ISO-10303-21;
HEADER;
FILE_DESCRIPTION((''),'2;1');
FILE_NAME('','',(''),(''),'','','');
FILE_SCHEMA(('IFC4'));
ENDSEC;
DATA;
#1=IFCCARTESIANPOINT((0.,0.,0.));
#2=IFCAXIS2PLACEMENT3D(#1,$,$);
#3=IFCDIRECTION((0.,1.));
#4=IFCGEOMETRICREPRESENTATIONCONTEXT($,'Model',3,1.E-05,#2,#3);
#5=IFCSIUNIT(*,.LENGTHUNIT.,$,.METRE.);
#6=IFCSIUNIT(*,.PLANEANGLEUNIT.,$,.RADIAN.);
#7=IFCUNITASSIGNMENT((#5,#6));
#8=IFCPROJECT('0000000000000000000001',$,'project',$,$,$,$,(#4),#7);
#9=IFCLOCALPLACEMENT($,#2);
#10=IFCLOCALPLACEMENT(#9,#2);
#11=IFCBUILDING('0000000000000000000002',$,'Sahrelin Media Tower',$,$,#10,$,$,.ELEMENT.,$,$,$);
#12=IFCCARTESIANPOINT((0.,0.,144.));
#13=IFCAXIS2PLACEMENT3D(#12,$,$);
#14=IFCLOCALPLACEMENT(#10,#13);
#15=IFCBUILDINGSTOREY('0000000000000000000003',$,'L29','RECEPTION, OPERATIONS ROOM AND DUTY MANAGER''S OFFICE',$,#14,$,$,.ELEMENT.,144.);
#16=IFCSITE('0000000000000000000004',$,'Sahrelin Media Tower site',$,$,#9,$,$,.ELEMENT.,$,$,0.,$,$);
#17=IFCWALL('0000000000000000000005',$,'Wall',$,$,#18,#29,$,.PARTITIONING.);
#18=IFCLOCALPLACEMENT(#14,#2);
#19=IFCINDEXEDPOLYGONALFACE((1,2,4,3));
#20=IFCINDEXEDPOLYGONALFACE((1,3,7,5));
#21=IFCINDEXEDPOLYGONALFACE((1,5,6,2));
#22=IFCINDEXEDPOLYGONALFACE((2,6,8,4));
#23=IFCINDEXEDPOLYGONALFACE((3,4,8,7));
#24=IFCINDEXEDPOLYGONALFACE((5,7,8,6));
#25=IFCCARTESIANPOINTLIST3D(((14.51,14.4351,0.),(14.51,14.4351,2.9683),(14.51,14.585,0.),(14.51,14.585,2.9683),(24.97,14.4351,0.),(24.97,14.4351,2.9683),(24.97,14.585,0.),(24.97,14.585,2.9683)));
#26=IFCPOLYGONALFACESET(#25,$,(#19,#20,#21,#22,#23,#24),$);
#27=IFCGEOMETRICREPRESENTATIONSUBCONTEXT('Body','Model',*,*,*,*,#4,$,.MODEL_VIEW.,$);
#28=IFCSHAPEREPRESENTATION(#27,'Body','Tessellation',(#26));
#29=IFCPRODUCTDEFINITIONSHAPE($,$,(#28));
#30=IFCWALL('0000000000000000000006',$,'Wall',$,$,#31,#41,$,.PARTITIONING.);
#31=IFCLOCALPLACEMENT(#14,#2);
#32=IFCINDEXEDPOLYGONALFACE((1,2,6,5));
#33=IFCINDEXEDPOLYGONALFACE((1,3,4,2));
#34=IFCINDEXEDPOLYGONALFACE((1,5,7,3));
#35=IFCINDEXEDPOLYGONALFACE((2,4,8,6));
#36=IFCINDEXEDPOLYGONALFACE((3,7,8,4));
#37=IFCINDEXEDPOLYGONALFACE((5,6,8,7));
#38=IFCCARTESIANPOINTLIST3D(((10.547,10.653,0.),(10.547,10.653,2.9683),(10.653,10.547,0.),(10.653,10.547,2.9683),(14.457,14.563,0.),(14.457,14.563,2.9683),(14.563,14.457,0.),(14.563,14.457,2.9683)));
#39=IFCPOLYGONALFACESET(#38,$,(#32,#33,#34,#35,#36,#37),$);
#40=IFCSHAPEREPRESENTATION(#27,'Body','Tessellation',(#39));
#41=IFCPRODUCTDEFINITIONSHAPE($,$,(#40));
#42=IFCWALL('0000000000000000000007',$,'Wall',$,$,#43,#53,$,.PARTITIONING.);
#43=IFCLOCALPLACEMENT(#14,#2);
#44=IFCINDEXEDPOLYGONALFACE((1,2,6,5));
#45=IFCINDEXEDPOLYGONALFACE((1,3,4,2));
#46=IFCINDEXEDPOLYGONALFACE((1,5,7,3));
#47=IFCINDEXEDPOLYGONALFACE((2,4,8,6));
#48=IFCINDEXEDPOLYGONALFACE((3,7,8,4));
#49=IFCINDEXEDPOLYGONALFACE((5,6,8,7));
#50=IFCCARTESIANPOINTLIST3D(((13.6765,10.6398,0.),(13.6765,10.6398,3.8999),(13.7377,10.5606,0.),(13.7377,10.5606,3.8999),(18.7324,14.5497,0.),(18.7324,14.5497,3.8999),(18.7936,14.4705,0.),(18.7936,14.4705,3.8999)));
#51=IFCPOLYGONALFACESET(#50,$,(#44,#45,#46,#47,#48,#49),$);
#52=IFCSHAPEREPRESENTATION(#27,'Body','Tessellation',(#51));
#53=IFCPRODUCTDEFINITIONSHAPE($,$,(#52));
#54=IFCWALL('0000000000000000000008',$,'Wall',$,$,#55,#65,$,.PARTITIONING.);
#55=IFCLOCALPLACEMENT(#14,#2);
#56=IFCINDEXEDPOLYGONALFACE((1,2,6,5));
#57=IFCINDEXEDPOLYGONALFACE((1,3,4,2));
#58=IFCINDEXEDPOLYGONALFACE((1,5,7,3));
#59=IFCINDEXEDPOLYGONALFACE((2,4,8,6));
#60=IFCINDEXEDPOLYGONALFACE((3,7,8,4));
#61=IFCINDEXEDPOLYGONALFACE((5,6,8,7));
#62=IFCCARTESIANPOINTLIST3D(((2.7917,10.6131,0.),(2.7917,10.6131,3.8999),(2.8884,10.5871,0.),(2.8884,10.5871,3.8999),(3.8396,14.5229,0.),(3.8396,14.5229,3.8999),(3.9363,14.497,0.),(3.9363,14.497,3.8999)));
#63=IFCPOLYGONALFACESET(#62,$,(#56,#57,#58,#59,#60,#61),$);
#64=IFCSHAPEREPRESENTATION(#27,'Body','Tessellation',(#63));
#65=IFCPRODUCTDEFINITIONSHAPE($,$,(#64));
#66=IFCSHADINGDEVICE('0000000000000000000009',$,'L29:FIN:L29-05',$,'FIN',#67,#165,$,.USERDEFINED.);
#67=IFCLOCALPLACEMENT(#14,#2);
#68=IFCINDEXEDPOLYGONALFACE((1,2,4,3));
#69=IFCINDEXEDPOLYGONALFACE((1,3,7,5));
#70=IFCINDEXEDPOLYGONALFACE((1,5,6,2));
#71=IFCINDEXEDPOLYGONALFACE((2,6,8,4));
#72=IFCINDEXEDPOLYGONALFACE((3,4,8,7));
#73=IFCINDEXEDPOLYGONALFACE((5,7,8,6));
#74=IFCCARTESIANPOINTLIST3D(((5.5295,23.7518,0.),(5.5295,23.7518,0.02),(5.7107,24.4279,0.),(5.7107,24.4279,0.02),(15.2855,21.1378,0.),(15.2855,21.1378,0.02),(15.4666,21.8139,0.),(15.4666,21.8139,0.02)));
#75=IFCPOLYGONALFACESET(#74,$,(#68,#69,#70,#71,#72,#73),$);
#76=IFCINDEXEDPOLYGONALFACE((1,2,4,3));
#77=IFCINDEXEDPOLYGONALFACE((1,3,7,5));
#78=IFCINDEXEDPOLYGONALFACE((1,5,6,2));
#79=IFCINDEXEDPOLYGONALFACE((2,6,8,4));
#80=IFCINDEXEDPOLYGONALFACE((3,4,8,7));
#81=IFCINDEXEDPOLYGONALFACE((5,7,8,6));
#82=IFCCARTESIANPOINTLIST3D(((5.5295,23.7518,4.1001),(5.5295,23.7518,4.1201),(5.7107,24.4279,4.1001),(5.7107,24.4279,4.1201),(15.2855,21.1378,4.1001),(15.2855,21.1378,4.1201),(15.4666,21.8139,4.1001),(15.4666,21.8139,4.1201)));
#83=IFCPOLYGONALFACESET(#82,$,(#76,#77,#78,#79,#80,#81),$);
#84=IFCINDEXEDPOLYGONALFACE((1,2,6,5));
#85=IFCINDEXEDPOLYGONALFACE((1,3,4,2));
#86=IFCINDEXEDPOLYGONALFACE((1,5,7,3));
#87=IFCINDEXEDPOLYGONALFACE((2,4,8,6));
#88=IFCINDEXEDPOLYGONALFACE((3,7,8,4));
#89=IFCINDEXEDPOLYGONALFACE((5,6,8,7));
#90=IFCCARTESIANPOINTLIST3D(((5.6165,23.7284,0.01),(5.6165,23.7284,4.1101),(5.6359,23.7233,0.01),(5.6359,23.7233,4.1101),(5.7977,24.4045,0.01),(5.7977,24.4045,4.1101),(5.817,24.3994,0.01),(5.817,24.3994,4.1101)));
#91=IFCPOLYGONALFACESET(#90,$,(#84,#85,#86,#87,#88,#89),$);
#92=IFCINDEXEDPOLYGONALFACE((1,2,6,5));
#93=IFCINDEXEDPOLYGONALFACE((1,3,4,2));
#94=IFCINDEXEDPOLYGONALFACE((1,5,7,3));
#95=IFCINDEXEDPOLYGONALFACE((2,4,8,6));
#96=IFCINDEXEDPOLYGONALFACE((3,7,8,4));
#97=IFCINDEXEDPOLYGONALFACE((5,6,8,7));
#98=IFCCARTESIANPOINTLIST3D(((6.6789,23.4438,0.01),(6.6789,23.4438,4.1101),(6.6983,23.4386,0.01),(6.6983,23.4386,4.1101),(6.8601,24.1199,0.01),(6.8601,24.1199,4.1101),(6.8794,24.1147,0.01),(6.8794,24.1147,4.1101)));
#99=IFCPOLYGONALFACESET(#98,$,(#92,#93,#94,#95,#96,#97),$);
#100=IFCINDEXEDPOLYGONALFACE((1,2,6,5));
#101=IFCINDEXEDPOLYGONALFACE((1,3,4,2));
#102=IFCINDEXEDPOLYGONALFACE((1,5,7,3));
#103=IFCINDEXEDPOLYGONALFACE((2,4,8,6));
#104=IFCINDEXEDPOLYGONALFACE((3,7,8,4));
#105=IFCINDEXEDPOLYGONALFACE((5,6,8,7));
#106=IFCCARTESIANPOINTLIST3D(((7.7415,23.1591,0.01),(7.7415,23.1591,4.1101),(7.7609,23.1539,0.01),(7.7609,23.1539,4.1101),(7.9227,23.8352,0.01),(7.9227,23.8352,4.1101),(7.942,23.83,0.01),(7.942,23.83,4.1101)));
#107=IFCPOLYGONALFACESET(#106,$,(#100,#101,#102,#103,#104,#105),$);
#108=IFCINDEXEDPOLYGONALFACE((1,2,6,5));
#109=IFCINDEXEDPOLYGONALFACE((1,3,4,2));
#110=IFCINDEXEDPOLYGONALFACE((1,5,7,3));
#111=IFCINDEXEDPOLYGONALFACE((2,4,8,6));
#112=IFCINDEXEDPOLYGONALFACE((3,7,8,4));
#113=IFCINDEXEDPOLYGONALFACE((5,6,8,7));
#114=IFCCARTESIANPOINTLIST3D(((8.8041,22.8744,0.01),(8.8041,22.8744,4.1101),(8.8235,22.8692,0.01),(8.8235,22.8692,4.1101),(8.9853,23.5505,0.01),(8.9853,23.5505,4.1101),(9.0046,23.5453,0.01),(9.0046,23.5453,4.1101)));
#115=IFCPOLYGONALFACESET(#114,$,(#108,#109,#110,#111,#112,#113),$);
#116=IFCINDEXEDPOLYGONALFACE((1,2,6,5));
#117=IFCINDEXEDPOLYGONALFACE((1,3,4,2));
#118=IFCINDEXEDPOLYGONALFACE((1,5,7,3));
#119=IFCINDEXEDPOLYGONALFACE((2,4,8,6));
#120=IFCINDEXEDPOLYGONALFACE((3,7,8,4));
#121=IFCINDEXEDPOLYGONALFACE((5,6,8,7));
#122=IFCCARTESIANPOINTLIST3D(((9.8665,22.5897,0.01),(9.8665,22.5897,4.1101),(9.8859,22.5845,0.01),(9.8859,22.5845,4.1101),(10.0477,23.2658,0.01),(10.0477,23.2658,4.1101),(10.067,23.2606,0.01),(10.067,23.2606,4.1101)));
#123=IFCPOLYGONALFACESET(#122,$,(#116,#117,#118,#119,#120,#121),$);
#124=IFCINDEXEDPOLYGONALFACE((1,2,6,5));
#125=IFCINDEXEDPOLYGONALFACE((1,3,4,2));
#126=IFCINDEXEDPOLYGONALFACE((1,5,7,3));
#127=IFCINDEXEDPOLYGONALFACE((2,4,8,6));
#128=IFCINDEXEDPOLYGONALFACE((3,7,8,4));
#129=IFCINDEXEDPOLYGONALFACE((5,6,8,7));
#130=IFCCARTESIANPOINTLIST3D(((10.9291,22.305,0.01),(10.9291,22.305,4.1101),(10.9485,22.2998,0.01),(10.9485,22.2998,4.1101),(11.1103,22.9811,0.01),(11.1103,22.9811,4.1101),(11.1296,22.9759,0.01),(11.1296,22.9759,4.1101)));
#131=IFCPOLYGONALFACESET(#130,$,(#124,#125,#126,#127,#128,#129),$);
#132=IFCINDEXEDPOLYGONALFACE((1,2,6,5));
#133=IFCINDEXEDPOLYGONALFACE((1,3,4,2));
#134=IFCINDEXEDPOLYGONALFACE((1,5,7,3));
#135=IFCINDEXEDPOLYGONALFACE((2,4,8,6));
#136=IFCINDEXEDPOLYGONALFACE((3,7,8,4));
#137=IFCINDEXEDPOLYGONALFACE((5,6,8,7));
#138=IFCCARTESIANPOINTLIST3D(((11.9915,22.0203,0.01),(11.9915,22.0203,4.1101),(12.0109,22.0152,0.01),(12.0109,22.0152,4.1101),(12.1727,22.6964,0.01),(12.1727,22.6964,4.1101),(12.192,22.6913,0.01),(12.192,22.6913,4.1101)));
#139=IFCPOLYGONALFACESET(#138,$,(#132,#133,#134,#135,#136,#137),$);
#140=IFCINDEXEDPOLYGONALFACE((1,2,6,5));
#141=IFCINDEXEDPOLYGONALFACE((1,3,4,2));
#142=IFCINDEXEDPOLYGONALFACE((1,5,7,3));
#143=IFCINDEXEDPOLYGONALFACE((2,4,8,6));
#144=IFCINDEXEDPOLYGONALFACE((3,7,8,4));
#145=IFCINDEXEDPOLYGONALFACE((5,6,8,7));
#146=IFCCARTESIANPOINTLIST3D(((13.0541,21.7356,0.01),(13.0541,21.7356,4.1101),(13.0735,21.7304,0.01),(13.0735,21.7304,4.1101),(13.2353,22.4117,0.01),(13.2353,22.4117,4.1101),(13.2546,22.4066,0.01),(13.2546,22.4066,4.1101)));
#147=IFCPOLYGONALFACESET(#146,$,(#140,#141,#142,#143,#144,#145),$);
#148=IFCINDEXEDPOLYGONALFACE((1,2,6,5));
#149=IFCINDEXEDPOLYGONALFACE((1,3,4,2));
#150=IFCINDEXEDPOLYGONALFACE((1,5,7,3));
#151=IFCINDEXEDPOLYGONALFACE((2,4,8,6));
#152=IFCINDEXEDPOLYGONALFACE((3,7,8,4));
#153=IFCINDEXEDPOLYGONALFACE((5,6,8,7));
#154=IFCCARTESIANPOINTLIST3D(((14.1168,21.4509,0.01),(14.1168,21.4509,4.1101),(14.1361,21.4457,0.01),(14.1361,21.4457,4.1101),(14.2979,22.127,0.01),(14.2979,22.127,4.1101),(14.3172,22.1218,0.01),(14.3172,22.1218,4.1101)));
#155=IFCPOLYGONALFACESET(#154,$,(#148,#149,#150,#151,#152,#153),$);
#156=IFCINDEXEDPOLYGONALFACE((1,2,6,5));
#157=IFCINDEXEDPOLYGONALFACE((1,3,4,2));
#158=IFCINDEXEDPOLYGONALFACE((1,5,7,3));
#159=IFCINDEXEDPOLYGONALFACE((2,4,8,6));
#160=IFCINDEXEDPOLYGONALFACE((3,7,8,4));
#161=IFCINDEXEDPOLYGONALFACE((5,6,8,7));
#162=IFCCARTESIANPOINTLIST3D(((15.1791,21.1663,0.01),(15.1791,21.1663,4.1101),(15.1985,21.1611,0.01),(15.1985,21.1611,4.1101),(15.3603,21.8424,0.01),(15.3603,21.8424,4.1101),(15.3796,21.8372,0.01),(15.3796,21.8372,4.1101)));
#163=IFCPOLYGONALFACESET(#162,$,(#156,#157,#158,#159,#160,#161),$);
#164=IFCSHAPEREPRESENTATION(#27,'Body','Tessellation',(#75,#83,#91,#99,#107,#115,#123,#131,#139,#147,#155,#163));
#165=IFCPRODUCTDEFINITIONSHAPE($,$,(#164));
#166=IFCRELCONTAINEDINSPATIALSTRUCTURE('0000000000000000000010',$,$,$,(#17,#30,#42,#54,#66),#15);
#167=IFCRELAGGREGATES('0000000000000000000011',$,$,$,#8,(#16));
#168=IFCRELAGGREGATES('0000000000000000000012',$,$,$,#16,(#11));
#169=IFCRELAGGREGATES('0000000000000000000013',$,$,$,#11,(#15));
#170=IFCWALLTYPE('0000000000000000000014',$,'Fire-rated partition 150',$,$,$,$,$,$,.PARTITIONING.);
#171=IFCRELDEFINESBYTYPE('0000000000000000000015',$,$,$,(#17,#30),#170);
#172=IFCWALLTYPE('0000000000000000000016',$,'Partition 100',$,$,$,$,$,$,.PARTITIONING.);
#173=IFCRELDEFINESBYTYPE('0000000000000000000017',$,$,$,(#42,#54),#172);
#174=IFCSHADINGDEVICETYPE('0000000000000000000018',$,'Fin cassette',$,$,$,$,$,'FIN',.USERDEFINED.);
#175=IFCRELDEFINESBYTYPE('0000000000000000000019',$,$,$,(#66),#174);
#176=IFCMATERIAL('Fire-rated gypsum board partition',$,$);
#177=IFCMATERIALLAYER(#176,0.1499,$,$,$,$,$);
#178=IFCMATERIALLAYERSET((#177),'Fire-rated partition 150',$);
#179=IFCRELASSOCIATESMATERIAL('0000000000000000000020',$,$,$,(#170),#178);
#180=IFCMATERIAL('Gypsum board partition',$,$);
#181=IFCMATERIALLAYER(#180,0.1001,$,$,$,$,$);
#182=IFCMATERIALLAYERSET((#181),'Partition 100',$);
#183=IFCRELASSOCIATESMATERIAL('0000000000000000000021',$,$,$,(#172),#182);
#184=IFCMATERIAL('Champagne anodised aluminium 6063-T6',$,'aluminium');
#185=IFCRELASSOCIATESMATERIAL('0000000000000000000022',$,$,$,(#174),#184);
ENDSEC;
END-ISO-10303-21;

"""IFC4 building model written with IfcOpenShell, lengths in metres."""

from ifc_helpers import new_model, si_unit, direction, frame, frame_2d, origin, origin_2d, place, context, subcontext, project, spatial, rectangle, extrude, material, layer, layer_set, type_object, element, save


model = new_model("IFC4")

# Units and contexts
model_context = context("Model", 3, precision=1e-05, world=origin(), true_north=direction((0.0, 1.0)))
body_context = subcontext(model_context, "Body", "Model", "MODEL_VIEW")
ifc_project = project(units=[si_unit("LENGTHUNIT", "METRE"), si_unit("PLANEANGLEUNIT", "RADIAN")], contexts=[model_context])

# Site, building, storey
site_placement = place(None, origin())
site = spatial("IfcSite", under=ifc_project, at=site_placement, Name="Sahrelin Media Tower site", CompositionType="ELEMENT", RefElevation=0.0)
building_placement = place(site_placement, origin())
building = spatial("IfcBuilding", under=site, at=building_placement, Name="Sahrelin Media Tower", CompositionType="ELEMENT")
storey_placement = place(building_placement, frame((0.0, 0.0, 144.0)))
storey = spatial("IfcBuildingStorey", under=building, at=storey_placement, Name="L29", Description="RECEPTION, OPERATIONS ROOM AND DUTY MANAGER'S OFFICE", CompositionType="ELEMENT", Elevation=144.0)

# Shared definitions
ifc_material_1 = material(Name="Champagne anodised aluminium 6063-T6", Category="aluminium")

# Walls
ifc_material_2 = material(Name="Fire-rated gypsum board partition")
ifc_layer_1 = layer(ifc_material_2, 0.1499)
ifc_layer_set_1 = layer_set([ifc_layer_1], Name="Fire-rated partition 150")
wall_type_1 = type_object("IfcWallType", Name="Fire-rated partition 150", PredefinedType="PARTITIONING", material=ifc_layer_set_1)
wall_1_placement = place(storey_placement, frame((14.51, 14.51, 0.0), z_axis=(0.0, 0.0, 1.0), x_axis=(1.0, 0.0, 0.0)))
element("IfcWall", 1, at=wall_1_placement, inside=storey, type_object=wall_type_1, Name="Wall", PredefinedType="PARTITIONING", context=body_context, shape_type="SweptSolid", body=[
    extrude(rectangle(XDim=10.46, YDim=0.1499, at=frame_2d((5.23, 0.0))), origin(), (0.0, 0.0, 1.0), 2.9683),
])
wall_2_placement = place(storey_placement, frame((10.6001, 10.6001, 0.0), z_axis=(0.0, 0.0, 1.0), x_axis=(0.707107, 0.707107, 0.0)))
element("IfcWall", 2, at=wall_2_placement, inside=storey, type_object=wall_type_1, Name="Wall", PredefinedType="PARTITIONING", context=body_context, shape_type="SweptSolid", body=[
    extrude(rectangle(XDim=5.5295, YDim=0.1499, at=frame_2d((2.7646, 0.0))), origin(), (0.0, 0.0, 1.0), 2.9683),
])
ifc_material_3 = material(Name="Gypsum board partition")
ifc_layer_2 = layer(ifc_material_3, 0.1001)
ifc_layer_set_2 = layer_set([ifc_layer_2], Name="Partition 100")
wall_type_2 = type_object("IfcWallType", Name="Partition 100", PredefinedType="PARTITIONING", material=ifc_layer_set_2)
wall_3_placement = place(storey_placement, frame((13.707, 10.6001, 0.0), z_axis=(0.0, 0.0, 1.0), x_axis=(0.791052, 0.611749, 0.0)))
element("IfcWall", 3, at=wall_3_placement, inside=storey, type_object=wall_type_2, Name="Wall", PredefinedType="PARTITIONING", context=body_context, shape_type="SweptSolid", body=[
    extrude(rectangle(XDim=6.3914, YDim=0.1001, at=frame_2d((3.1958, 0.0))), origin(), (0.0, 0.0, 1.0), 3.8999),
])
wall_4_placement = place(storey_placement, frame((2.8401, 10.6001, 0.0), z_axis=(0.0, 0.0, 1.0), x_axis=(0.258864, 0.965914, 0.0)))
element("IfcWall", 4, at=wall_4_placement, inside=storey, type_object=wall_type_2, Name="Wall", PredefinedType="PARTITIONING", context=body_context, shape_type="SweptSolid", body=[
    extrude(rectangle(XDim=4.0479, YDim=0.1001, at=frame_2d((2.0239, 0.0))), origin(), (0.0, 0.0, 1.0), 3.8999),
])

# Shading device
shading_device_type_1 = type_object("IfcShadingDeviceType", Name="Fin cassette", ElementType="FIN", PredefinedType="USERDEFINED", material=ifc_material_1)
placement_1 = place(storey_placement, frame((10.3894, 22.3772, 0.0), z_axis=(0.0, 0.0, 1.0), x_axis=(0.965929, -0.258808, 0.0)))
element("IfcShadingDevice", 5, at=placement_1, inside=storey, type_object=shading_device_type_1, Name="L29:FIN:L29-05", ObjectType="FIN", PredefinedType="USERDEFINED", context=body_context, shape_type="SweptSolid", body=[
    extrude(rectangle(XDim=10.1001, YDim=0.7, at=origin_2d()), frame((0.0, 0.4199, 0.0)), (0.0, 0.0, 1.0), 0.02),
    extrude(rectangle(XDim=10.1001, YDim=0.7, at=origin_2d()), frame((0.0, 0.4199, 4.1001)), (0.0, 0.0, 1.0), 0.02),
    extrude(rectangle(XDim=0.02, YDim=0.7, at=origin_2d()), frame((-4.95, 0.4199, 0.01), z_axis=(0.0, 0.0, 1.0), x_axis=(1.0, 0.0, 0.0)), (0.0, 0.0, 1.0), 4.1001),
    extrude(rectangle(XDim=0.02, YDim=0.7, at=origin_2d()), frame((-3.8501, 0.4199, 0.01), z_axis=(0.0, 0.0, 1.0), x_axis=(1.0, 0.0, 0.0)), (0.0, 0.0, 1.0), 4.1001),
    extrude(rectangle(XDim=0.02, YDim=0.7, at=origin_2d()), frame((-2.75, 0.4199, 0.01), z_axis=(0.0, 0.0, 1.0), x_axis=(1.0, 0.0, 0.0)), (0.0, 0.0, 1.0), 4.1001),
    extrude(rectangle(XDim=0.02, YDim=0.7, at=origin_2d()), frame((-1.6499, 0.4199, 0.01), z_axis=(0.0, 0.0, 1.0), x_axis=(1.0, 0.0, 0.0)), (0.0, 0.0, 1.0), 4.1001),
    extrude(rectangle(XDim=0.02, YDim=0.7, at=origin_2d()), frame((-0.55, 0.4199, 0.01), z_axis=(0.0, 0.0, 1.0), x_axis=(1.0, 0.0, 0.0)), (0.0, 0.0, 1.0), 4.1001),
    extrude(rectangle(XDim=0.02, YDim=0.7, at=origin_2d()), frame((0.55, 0.4199, 0.01), z_axis=(0.0, 0.0, 1.0), x_axis=(1.0, 0.0, 0.0)), (0.0, 0.0, 1.0), 4.1001),
    extrude(rectangle(XDim=0.02, YDim=0.7, at=origin_2d()), frame((1.6499, 0.4199, 0.01), z_axis=(0.0, 0.0, 1.0), x_axis=(1.0, 0.0, 0.0)), (0.0, 0.0, 1.0), 4.1001),
    extrude(rectangle(XDim=0.02, YDim=0.7, at=origin_2d()), frame((2.75, 0.4199, 0.01), z_axis=(0.0, 0.0, 1.0), x_axis=(1.0, 0.0, 0.0)), (0.0, 0.0, 1.0), 4.1001),
    extrude(rectangle(XDim=0.02, YDim=0.7, at=origin_2d()), frame((3.8501, 0.4199, 0.01), z_axis=(0.0, 0.0, 1.0), x_axis=(1.0, 0.0, 0.0)), (0.0, 0.0, 1.0), 4.1001),
    extrude(rectangle(XDim=0.02, YDim=0.7, at=origin_2d()), frame((4.95, 0.4199, 0.01), z_axis=(0.0, 0.0, 1.0), x_axis=(1.0, 0.0, 0.0)), (0.0, 0.0, 1.0), 4.1001),
])

save(model, "model.ifc")
